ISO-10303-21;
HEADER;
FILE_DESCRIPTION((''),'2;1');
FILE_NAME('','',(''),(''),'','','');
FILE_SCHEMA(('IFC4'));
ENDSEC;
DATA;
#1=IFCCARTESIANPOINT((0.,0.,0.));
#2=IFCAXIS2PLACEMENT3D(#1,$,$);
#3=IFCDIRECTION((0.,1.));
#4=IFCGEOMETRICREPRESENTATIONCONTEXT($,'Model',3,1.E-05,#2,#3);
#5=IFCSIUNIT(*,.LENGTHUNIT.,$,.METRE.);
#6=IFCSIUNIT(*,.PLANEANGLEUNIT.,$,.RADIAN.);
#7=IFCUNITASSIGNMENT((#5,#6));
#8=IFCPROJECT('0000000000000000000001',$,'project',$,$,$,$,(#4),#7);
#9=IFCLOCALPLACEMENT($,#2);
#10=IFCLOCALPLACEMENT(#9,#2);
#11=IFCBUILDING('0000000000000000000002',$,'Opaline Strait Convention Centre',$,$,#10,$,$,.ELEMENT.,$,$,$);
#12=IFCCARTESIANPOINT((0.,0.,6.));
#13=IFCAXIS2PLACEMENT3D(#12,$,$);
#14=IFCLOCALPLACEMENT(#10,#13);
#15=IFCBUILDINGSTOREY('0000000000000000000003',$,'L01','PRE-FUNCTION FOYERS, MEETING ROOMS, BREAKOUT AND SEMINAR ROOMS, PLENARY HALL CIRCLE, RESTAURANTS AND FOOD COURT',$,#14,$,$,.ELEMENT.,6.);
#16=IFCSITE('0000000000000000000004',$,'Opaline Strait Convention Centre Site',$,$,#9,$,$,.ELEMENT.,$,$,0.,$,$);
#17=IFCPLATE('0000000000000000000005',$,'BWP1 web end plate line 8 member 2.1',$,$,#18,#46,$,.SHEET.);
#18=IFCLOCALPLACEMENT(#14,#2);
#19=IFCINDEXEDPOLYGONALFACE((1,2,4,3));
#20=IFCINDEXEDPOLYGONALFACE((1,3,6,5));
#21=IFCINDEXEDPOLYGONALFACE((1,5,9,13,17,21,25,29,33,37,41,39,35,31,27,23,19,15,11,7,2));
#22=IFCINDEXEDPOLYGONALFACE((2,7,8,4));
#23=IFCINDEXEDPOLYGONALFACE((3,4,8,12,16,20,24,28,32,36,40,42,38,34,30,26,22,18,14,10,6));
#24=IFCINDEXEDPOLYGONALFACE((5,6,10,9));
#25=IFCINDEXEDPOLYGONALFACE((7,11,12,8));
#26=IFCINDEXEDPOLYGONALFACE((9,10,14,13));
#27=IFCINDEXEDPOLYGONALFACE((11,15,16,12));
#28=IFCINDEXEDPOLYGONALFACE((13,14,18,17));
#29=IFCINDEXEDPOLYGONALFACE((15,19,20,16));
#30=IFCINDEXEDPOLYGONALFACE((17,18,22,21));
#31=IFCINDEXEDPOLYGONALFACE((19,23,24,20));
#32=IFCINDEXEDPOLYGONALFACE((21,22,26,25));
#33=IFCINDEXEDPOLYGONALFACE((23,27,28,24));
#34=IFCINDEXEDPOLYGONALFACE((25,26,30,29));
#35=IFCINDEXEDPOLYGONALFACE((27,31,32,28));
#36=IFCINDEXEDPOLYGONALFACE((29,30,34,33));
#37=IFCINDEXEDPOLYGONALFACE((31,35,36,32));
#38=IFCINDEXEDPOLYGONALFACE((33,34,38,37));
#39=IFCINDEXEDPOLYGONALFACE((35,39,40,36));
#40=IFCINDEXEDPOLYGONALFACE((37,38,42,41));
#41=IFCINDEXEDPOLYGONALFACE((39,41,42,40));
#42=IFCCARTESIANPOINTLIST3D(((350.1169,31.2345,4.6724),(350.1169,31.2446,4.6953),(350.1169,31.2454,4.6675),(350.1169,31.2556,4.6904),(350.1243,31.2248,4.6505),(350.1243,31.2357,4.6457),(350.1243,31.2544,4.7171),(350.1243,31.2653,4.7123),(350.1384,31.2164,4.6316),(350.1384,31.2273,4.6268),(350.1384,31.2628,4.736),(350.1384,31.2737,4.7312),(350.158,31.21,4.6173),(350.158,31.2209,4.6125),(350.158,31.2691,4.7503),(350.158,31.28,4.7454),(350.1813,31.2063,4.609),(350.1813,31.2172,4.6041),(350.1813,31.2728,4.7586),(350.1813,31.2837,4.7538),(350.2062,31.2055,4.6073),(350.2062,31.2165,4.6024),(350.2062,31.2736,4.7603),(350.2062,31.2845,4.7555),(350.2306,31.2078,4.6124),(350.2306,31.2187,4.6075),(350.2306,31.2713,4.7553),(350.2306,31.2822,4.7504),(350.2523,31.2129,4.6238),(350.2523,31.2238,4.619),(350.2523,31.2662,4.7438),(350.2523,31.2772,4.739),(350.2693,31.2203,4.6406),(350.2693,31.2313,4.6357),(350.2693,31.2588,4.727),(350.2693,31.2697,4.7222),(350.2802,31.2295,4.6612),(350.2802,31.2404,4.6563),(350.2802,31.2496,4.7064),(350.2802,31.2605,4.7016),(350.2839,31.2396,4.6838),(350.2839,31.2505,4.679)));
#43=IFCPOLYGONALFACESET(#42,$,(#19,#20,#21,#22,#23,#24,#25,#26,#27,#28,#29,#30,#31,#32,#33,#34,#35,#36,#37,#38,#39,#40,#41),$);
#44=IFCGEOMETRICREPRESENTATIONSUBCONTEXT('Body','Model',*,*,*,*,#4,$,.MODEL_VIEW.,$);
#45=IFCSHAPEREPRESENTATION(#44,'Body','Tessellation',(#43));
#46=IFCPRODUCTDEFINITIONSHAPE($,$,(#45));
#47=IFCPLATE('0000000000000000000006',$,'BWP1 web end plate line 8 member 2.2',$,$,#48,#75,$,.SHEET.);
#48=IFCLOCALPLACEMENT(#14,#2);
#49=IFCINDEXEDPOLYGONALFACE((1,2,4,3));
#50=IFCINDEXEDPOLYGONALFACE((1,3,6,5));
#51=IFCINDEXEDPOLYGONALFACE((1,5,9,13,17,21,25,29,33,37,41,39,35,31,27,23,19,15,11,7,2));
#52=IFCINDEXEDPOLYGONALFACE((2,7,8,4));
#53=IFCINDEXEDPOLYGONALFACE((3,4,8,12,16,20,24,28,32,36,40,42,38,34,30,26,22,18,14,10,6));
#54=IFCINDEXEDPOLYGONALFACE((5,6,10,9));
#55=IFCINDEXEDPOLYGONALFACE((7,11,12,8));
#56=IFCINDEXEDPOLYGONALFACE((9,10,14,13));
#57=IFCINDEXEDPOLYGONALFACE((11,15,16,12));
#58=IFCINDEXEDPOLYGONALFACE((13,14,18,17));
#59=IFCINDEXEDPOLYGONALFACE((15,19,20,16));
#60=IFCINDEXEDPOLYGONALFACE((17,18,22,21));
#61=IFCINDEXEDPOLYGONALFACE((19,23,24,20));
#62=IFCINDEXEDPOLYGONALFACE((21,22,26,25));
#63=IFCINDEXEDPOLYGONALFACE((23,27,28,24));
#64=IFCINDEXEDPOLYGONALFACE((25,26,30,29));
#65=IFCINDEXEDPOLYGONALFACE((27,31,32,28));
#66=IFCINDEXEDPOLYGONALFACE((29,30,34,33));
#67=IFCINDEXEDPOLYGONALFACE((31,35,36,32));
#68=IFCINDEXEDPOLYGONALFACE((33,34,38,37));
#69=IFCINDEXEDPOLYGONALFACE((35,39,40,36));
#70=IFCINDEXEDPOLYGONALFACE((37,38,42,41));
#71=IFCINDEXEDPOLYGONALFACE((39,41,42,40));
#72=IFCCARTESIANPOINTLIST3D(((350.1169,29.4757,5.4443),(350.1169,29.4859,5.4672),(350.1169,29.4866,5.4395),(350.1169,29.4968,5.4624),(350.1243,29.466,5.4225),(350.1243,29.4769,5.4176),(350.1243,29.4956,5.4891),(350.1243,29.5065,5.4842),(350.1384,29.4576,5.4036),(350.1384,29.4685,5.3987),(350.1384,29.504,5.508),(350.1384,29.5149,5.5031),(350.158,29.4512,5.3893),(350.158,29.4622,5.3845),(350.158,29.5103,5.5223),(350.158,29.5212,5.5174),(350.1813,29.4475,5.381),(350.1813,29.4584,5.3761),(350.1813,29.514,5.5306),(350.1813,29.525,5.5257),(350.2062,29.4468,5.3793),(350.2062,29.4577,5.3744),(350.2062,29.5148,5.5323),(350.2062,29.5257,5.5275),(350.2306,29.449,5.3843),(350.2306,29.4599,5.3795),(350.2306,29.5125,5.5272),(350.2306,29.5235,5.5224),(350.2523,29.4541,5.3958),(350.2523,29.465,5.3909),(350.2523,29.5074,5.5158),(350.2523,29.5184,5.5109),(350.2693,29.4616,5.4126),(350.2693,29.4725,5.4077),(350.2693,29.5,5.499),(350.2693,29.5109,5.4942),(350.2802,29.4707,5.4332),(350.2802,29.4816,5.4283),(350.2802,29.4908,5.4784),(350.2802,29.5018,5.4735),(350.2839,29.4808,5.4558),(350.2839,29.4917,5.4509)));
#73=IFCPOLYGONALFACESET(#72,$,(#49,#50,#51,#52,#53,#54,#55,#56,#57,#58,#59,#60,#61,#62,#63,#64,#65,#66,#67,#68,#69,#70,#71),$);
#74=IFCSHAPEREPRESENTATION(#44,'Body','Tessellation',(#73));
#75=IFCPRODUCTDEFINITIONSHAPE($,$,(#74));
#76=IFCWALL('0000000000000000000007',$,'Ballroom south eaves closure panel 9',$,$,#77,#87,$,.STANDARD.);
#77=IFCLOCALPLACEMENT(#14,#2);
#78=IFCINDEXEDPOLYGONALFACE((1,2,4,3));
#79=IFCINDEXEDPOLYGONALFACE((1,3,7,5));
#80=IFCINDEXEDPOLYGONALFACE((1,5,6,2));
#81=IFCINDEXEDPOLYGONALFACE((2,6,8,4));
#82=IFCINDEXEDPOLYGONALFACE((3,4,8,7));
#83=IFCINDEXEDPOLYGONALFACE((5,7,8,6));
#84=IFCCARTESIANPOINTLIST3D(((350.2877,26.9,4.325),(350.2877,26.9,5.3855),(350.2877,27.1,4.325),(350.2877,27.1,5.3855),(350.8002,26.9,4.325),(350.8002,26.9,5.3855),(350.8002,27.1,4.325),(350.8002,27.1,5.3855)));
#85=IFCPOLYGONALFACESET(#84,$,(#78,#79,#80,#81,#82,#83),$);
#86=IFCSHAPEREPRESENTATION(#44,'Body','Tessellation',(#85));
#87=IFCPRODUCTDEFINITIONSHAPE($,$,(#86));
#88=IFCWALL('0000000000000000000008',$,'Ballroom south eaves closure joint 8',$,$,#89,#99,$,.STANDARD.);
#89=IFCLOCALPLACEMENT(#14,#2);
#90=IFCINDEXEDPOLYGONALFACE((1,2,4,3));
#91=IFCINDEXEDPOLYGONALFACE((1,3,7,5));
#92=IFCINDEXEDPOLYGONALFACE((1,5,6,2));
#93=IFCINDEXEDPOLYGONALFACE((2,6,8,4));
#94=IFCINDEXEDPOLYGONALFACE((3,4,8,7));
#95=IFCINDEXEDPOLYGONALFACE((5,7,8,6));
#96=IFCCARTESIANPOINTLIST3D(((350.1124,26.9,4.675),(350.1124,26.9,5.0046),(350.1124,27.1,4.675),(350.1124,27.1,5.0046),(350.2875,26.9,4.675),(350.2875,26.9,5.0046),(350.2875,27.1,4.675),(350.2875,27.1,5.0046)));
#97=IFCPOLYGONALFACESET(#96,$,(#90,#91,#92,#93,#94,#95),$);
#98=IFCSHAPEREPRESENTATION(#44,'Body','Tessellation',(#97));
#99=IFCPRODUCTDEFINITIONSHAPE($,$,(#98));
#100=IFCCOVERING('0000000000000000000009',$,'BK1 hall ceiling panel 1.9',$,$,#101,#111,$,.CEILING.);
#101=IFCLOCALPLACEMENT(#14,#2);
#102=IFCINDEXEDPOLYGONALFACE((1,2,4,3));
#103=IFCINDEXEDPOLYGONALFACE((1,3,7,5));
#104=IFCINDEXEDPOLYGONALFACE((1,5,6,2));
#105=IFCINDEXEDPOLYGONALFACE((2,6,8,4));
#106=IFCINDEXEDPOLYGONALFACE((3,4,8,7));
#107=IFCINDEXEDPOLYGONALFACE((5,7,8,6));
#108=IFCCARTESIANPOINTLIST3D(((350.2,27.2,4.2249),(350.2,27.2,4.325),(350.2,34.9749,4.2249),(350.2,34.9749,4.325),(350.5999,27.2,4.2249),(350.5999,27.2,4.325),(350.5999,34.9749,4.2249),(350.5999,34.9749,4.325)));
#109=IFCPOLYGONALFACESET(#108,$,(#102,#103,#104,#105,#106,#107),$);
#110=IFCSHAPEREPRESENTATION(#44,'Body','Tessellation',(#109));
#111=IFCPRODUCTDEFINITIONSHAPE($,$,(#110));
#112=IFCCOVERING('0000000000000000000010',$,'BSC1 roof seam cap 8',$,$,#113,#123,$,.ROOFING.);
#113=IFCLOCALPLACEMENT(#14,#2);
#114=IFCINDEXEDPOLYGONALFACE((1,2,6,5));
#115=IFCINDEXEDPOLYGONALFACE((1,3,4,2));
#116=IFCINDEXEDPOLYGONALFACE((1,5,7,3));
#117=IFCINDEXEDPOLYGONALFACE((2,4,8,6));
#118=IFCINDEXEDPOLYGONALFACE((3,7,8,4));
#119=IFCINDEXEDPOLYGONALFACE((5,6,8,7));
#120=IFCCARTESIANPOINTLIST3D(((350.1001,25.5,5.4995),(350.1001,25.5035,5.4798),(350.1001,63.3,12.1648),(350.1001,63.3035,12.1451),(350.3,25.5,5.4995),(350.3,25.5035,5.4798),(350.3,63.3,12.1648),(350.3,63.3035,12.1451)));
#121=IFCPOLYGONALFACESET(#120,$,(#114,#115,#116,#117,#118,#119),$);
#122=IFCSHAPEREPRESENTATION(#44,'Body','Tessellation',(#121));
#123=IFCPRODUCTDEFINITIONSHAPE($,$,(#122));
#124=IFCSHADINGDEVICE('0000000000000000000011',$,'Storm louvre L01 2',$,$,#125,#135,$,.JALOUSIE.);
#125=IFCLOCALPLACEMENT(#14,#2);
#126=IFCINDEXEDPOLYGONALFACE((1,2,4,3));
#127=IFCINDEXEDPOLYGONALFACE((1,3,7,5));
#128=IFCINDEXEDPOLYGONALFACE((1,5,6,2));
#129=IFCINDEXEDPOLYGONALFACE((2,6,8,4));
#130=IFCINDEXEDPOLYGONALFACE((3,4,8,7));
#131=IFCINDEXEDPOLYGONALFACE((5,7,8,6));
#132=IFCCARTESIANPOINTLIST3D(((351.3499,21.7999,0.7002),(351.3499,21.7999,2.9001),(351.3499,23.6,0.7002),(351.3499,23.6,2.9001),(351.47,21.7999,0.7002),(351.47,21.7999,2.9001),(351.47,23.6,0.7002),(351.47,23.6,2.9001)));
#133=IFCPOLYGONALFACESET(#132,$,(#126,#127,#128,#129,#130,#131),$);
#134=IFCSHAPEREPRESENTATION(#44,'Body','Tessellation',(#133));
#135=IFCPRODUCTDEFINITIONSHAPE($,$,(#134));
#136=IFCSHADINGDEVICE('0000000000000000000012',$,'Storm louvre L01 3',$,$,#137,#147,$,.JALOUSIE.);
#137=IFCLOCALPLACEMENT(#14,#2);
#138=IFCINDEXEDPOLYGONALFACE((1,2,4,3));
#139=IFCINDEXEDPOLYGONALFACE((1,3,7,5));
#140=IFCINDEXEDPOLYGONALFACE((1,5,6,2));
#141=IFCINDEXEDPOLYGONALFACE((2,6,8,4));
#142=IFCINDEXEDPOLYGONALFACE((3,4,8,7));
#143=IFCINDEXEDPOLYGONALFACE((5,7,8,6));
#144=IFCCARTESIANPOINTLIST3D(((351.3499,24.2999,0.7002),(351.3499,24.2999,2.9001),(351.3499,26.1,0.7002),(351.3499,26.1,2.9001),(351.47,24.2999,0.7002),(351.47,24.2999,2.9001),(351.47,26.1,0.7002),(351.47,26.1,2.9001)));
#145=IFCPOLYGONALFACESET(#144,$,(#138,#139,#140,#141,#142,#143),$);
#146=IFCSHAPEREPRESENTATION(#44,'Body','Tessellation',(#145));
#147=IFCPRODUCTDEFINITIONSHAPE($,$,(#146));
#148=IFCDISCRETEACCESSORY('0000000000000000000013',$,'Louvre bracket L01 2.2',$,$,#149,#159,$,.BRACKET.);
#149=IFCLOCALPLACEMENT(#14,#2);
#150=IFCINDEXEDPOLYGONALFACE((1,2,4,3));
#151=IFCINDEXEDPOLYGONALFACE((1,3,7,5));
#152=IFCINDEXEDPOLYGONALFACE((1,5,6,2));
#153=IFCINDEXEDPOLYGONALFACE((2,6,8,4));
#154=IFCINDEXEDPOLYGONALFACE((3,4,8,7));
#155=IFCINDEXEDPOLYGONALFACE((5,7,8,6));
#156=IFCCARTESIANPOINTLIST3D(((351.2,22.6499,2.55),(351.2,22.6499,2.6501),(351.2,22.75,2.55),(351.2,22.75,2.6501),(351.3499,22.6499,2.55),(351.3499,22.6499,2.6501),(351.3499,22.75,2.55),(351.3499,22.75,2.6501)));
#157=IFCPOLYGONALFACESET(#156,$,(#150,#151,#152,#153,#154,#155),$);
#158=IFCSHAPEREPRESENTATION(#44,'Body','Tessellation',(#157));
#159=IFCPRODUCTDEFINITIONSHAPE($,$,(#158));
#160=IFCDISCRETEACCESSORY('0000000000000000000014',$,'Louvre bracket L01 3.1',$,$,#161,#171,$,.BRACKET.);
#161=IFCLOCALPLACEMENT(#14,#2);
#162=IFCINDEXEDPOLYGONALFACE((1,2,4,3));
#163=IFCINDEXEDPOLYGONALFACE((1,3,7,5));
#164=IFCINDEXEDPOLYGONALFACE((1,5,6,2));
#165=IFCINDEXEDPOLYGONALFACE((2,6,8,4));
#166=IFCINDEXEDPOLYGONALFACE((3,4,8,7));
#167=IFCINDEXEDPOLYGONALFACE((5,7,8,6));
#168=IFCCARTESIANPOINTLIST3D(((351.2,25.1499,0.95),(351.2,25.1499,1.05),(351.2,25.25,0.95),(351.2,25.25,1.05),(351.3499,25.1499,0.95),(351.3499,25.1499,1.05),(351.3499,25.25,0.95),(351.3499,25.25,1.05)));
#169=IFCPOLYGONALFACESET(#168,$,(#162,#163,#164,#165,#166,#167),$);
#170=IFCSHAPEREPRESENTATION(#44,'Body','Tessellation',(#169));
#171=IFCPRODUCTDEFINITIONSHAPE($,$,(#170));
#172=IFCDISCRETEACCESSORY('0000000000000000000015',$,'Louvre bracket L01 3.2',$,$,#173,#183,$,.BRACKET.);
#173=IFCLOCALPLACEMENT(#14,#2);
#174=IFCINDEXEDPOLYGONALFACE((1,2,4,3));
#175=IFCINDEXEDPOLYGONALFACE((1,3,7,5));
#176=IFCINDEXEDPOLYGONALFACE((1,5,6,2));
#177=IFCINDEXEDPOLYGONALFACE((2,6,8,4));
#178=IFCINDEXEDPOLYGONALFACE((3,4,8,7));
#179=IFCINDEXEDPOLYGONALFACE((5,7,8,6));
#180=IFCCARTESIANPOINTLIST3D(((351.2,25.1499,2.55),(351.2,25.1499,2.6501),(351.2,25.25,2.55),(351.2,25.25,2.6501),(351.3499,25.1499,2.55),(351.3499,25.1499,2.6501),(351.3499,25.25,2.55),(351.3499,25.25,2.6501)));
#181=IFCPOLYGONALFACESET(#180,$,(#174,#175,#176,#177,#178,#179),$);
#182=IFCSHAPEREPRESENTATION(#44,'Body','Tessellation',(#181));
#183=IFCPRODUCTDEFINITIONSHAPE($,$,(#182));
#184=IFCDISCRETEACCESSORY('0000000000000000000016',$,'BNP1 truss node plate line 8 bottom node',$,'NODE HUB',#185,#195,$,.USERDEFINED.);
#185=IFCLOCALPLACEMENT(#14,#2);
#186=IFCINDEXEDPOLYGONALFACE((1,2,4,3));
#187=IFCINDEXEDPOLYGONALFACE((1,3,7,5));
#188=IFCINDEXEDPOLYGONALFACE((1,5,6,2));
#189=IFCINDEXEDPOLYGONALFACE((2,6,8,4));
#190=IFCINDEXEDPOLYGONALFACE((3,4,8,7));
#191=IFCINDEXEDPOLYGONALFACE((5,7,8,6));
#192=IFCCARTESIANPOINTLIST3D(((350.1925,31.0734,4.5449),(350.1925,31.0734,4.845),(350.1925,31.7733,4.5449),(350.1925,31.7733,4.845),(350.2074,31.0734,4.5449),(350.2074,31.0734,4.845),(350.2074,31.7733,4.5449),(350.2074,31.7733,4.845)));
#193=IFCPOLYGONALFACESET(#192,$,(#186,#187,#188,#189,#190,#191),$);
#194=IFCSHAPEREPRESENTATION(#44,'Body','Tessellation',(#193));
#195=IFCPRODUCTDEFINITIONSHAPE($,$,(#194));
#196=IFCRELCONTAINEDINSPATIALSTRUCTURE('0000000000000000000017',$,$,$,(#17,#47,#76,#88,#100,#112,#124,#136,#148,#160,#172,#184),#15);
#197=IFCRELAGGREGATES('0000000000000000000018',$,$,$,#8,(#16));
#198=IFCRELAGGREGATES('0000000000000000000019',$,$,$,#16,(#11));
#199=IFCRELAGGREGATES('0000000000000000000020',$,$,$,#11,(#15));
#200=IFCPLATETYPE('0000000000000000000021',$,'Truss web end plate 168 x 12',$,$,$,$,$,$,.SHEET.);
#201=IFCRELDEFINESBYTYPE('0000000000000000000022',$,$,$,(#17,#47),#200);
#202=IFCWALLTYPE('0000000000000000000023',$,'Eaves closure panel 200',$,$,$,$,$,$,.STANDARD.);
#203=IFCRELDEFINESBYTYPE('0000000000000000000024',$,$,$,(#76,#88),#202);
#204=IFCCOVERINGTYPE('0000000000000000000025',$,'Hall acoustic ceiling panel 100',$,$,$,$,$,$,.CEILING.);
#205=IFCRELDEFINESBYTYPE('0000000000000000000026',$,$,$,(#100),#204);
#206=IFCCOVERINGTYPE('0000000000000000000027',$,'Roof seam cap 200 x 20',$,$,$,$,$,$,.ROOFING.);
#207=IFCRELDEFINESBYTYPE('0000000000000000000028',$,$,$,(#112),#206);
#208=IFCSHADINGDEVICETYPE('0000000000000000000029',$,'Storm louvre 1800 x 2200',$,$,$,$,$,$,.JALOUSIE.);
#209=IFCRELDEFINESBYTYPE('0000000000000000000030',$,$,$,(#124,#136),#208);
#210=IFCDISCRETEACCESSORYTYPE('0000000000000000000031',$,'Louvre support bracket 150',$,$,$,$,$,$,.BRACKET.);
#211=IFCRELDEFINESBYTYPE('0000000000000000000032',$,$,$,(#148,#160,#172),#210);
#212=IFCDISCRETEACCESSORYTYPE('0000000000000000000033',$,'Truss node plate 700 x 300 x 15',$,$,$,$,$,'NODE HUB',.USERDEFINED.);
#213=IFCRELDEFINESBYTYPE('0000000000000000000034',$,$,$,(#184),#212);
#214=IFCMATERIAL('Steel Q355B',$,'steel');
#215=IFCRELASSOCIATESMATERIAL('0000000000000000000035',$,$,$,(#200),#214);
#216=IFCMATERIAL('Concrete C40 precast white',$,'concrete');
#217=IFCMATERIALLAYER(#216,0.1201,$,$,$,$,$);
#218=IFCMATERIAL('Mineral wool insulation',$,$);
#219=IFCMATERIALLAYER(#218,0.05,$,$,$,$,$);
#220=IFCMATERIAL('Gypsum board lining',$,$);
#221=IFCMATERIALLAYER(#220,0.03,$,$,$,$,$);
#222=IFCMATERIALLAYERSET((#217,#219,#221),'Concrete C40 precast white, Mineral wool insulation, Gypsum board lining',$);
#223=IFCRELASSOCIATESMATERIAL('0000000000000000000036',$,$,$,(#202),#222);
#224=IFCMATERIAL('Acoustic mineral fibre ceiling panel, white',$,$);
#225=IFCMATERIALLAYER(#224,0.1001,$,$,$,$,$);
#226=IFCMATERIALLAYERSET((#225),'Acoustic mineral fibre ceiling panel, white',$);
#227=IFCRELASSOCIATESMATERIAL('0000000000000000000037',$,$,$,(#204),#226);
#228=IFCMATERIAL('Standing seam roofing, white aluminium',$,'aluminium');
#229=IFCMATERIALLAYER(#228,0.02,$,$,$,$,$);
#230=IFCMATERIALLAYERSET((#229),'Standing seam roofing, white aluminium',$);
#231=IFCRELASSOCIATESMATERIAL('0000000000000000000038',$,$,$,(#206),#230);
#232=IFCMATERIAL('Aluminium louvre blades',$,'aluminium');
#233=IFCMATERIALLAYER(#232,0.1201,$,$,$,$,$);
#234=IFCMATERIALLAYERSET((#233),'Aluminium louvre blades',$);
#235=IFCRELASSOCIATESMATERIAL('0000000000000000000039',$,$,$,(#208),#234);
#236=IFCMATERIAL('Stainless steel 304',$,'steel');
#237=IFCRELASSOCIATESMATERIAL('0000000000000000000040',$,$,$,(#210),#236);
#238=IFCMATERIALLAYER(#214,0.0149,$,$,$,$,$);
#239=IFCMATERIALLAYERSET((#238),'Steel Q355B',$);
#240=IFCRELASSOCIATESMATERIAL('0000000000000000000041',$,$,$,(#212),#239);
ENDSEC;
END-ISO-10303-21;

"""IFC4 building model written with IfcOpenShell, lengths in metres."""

from ifc_helpers import new_model, si_unit, direction, frame, frame_2d, origin, origin_2d, place, context, subcontext, project, spatial, polyline, rectangle, circle, outline, extrude, material, layer, layer_set, material_profile, profile_set, type_object, element, save


model = new_model("IFC4")

# Units and contexts
model_context = context("Model", 3, precision=1e-05, world=origin(), true_north=direction((0.0, 1.0)))
body_context = subcontext(model_context, "Body", "Model", "MODEL_VIEW")
ifc_project = project(units=[si_unit("LENGTHUNIT", "METRE"), si_unit("PLANEANGLEUNIT", "RADIAN")], contexts=[model_context])

# Site, building, storey
site_placement = place(None, origin())
site = spatial("IfcSite", under=ifc_project, at=site_placement, Name="Opaline Strait Convention Centre Site", CompositionType="ELEMENT", RefElevation=0.0)
building_placement = place(site_placement, origin())
building = spatial("IfcBuilding", under=site, at=building_placement, Name="Opaline Strait Convention Centre", CompositionType="ELEMENT")
storey_placement = place(building_placement, frame((0.0, 0.0, 6.0)))
storey = spatial("IfcBuildingStorey", under=building, at=storey_placement, Name="L01", Description="PRE-FUNCTION FOYERS, MEETING ROOMS, BREAKOUT AND SEMINAR ROOMS, PLENARY HALL CIRCLE, RESTAURANTS AND FOOD COURT", CompositionType="ELEMENT", Elevation=6.0)

# Shared definitions
ifc_material_1 = material(Name="Steel Q355B", Category="steel")

# Plates
ifc_material_profile_1 = material_profile(ifc_material_1, circle(Radius=0.084, at=origin_2d()), Name="D168")
ifc_profile_set_1 = profile_set([ifc_material_profile_1], Name="Steel Q355B")
plate_type = type_object("IfcPlateType", Name="Truss web end plate 168 x 12", PredefinedType="SHEET", material=ifc_profile_set_1)
for number, where, z_axis, x_axis, name in (
    (1, (350.2, 31.2505, 4.679), (0.0, -0.913812, 0.406138), (1.0, 0.0, 0.0), "BWP1 web end plate line 8 member 2.1"),
    (2, (350.2, 29.4917, 5.4509), (0.0, -0.913812, 0.406138), (1.0, 0.0, 0.0), "BWP1 web end plate line 8 member 2.2"),
):
    element("IfcPlate", number, at=place(storey_placement, frame(where, z_axis=z_axis, x_axis=x_axis)), inside=storey, type_object=plate_type, Name=name, PredefinedType="SHEET", context=body_context, shape_type="SweptSolid", body=[
        extrude(circle(Radius=0.084, at=origin_2d()), origin(), (0.0, 0.0, 1.0), 0.012),
    ])

# Walls
ifc_material_2 = material(Name="Concrete C40 precast white", Category="concrete")
ifc_layer_1 = layer(ifc_material_2, 0.1201)
ifc_material_3 = material(Name="Mineral wool insulation")
ifc_layer_2 = layer(ifc_material_3, 0.05)
ifc_material_4 = material(Name="Gypsum board lining")
ifc_layer_3 = layer(ifc_material_4, 0.03)
ifc_layer_set_1 = layer_set([ifc_layer_1, ifc_layer_2, ifc_layer_3], Name="Concrete C40 precast white, Mineral wool insulation, Gypsum board lining")
wall_type = type_object("IfcWallType", Name="Eaves closure panel 200", PredefinedType="STANDARD", material=ifc_layer_set_1)
wall_1_placement = place(storey_placement, frame((350.2876, 27.0, 4.325), z_axis=(0.0, 0.0, 1.0), x_axis=(1.0, 0.0, 0.0)))
element("IfcWall", 3, at=wall_1_placement, inside=storey, type_object=wall_type, Name="Ballroom south eaves closure panel 9", PredefinedType="STANDARD", context=body_context, shape_type="SweptSolid", body=[
    extrude(rectangle(XDim=0.5125, YDim=0.2, at=frame_2d((0.2563, 0.0))), origin(), (0.0, 0.0, 1.0), 1.0605),
])
wall_2_placement = place(storey_placement, frame((350.1125, 27.0, 4.675), z_axis=(0.0, 0.0, 1.0), x_axis=(1.0, 0.0, 0.0)))
element("IfcWall", 4, at=wall_2_placement, inside=storey, type_object=wall_type, Name="Ballroom south eaves closure joint 8", PredefinedType="STANDARD", context=body_context, shape_type="SweptSolid", body=[
    extrude(rectangle(XDim=0.175, YDim=0.2, at=frame_2d((0.0874, 0.0))), origin(), (0.0, 0.0, 1.0), 0.3296),
])

# Coverings
ifc_material_5 = material(Name="Acoustic mineral fibre ceiling panel, white")
ifc_layer_4 = layer(ifc_material_5, 0.1001)
ifc_layer_set_2 = layer_set([ifc_layer_4], Name="Acoustic mineral fibre ceiling panel, white")
covering_type_1 = type_object("IfcCoveringType", Name="Hall acoustic ceiling panel 100", PredefinedType="CEILING", material=ifc_layer_set_2)
covering_1_placement = place(storey_placement, frame((350.3999, 31.0874, 4.2249), z_axis=(0.0, 0.0, 1.0), x_axis=(1.0, 0.0, 0.0)))
element("IfcCovering", 5, at=covering_1_placement, inside=storey, type_object=covering_type_1, Name="BK1 hall ceiling panel 1.9", PredefinedType="CEILING", context=body_context, shape_type="SweptSolid", body=[
    extrude(rectangle(XDim=0.3999, YDim=7.7749, at=origin_2d()), origin(), (0.0, 0.0, 1.0), 0.1001),
])
ifc_material_6 = material(Name="Standing seam roofing, white aluminium", Category="aluminium")
ifc_layer_5 = layer(ifc_material_6, 0.02)
ifc_layer_set_3 = layer_set([ifc_layer_5], Name="Standing seam roofing, white aluminium")
covering_type_2 = type_object("IfcCoveringType", Name="Roof seam cap 200 x 20", PredefinedType="ROOFING", material=ifc_layer_set_3)
covering_2_placement = place(storey_placement, frame((350.1001, 25.5, 5.4995), z_axis=(0.0, -0.173651, 0.984807), x_axis=(1.0, 0.0, 0.0)))
element("IfcCovering", 6, at=covering_2_placement, inside=storey, type_object=covering_type_2, Name="BSC1 roof seam cap 8", PredefinedType="ROOFING", context=body_context, shape_type="SweptSolid", body=[
    extrude(outline(polyline([(0.0, 0.0), (0.2, 0.0), (0.2, 38.3832), (0.0, 38.3832), (0.0, 0.0)])), origin(), (0.0, 0.0, -1.0), 0.02),
])

# Shading devices
ifc_material_7 = material(Name="Aluminium louvre blades", Category="aluminium")
ifc_layer_6 = layer(ifc_material_7, 0.1201)
ifc_layer_set_4 = layer_set([ifc_layer_6], Name="Aluminium louvre blades")
shading_device_type = type_object("IfcShadingDeviceType", Name="Storm louvre 1800 x 2200", PredefinedType="JALOUSIE", material=ifc_layer_set_4)
for number, where, z_axis, x_axis, name in (
    (7, (351.4099, 22.7, 0.7002), (0.0, 0.0, 1.0), (1.0, 0.0, 0.0), "Storm louvre L01 2"),
    (8, (351.4099, 25.2, 0.7002), (0.0, 0.0, 1.0), (1.0, 0.0, 0.0), "Storm louvre L01 3"),
):
    element("IfcShadingDevice", number, at=place(storey_placement, frame(where, z_axis=z_axis, x_axis=x_axis)), inside=storey, type_object=shading_device_type, Name=name, PredefinedType="JALOUSIE", context=body_context, shape_type="SweptSolid", body=[
        extrude(rectangle(XDim=0.1201, YDim=1.8, at=origin_2d()), origin(), (0.0, 0.0, 1.0), 2.2),
    ])

# Discrete accessories
ifc_material_8 = material(Name="Stainless steel 304", Category="steel")
discrete_accessory_type_1 = type_object("IfcDiscreteAccessoryType", Name="Louvre support bracket 150", PredefinedType="BRACKET", material=ifc_material_8)
for number, where, z_axis, x_axis, name in (
    (9, (351.2749, 22.7, 2.55), (0.0, 0.0, 1.0), (1.0, 0.0, 0.0), "Louvre bracket L01 2.2"),
    (10, (351.2749, 25.2, 0.95), (0.0, 0.0, 1.0), (1.0, 0.0, 0.0), "Louvre bracket L01 3.1"),
    (11, (351.2749, 25.2, 2.55), (0.0, 0.0, 1.0), (1.0, 0.0, 0.0), "Louvre bracket L01 3.2"),
):
    element("IfcDiscreteAccessory", number, at=place(storey_placement, frame(where, z_axis=z_axis, x_axis=x_axis)), inside=storey, type_object=discrete_accessory_type_1, Name=name, PredefinedType="BRACKET", context=body_context, shape_type="SweptSolid", body=[
        extrude(rectangle(XDim=0.1499, YDim=0.1001, at=origin_2d()), origin(), (0.0, 0.0, 1.0), 0.1001),
    ])
ifc_layer_7 = layer(ifc_material_1, 0.0149)
ifc_layer_set_5 = layer_set([ifc_layer_7], Name="Steel Q355B")
discrete_accessory_type_2 = type_object("IfcDiscreteAccessoryType", Name="Truss node plate 700 x 300 x 15", ElementType="NODE HUB", PredefinedType="USERDEFINED", material=ifc_layer_set_5)
discrete_accessory_placement = place(storey_placement, frame((350.2, 31.4233, 4.5449), z_axis=(0.0, 0.0, 1.0), x_axis=(1.0, 0.0, 0.0)))
element("IfcDiscreteAccessory", 12, at=discrete_accessory_placement, inside=storey, type_object=discrete_accessory_type_2, Name="BNP1 truss node plate line 8 bottom node", ObjectType="NODE HUB", PredefinedType="USERDEFINED", context=body_context, shape_type="SweptSolid", body=[
    extrude(rectangle(XDim=0.0149, YDim=0.7, at=origin_2d()), origin(), (0.0, 0.0, 1.0), 0.3),
])

save(model, "model.ifc")
